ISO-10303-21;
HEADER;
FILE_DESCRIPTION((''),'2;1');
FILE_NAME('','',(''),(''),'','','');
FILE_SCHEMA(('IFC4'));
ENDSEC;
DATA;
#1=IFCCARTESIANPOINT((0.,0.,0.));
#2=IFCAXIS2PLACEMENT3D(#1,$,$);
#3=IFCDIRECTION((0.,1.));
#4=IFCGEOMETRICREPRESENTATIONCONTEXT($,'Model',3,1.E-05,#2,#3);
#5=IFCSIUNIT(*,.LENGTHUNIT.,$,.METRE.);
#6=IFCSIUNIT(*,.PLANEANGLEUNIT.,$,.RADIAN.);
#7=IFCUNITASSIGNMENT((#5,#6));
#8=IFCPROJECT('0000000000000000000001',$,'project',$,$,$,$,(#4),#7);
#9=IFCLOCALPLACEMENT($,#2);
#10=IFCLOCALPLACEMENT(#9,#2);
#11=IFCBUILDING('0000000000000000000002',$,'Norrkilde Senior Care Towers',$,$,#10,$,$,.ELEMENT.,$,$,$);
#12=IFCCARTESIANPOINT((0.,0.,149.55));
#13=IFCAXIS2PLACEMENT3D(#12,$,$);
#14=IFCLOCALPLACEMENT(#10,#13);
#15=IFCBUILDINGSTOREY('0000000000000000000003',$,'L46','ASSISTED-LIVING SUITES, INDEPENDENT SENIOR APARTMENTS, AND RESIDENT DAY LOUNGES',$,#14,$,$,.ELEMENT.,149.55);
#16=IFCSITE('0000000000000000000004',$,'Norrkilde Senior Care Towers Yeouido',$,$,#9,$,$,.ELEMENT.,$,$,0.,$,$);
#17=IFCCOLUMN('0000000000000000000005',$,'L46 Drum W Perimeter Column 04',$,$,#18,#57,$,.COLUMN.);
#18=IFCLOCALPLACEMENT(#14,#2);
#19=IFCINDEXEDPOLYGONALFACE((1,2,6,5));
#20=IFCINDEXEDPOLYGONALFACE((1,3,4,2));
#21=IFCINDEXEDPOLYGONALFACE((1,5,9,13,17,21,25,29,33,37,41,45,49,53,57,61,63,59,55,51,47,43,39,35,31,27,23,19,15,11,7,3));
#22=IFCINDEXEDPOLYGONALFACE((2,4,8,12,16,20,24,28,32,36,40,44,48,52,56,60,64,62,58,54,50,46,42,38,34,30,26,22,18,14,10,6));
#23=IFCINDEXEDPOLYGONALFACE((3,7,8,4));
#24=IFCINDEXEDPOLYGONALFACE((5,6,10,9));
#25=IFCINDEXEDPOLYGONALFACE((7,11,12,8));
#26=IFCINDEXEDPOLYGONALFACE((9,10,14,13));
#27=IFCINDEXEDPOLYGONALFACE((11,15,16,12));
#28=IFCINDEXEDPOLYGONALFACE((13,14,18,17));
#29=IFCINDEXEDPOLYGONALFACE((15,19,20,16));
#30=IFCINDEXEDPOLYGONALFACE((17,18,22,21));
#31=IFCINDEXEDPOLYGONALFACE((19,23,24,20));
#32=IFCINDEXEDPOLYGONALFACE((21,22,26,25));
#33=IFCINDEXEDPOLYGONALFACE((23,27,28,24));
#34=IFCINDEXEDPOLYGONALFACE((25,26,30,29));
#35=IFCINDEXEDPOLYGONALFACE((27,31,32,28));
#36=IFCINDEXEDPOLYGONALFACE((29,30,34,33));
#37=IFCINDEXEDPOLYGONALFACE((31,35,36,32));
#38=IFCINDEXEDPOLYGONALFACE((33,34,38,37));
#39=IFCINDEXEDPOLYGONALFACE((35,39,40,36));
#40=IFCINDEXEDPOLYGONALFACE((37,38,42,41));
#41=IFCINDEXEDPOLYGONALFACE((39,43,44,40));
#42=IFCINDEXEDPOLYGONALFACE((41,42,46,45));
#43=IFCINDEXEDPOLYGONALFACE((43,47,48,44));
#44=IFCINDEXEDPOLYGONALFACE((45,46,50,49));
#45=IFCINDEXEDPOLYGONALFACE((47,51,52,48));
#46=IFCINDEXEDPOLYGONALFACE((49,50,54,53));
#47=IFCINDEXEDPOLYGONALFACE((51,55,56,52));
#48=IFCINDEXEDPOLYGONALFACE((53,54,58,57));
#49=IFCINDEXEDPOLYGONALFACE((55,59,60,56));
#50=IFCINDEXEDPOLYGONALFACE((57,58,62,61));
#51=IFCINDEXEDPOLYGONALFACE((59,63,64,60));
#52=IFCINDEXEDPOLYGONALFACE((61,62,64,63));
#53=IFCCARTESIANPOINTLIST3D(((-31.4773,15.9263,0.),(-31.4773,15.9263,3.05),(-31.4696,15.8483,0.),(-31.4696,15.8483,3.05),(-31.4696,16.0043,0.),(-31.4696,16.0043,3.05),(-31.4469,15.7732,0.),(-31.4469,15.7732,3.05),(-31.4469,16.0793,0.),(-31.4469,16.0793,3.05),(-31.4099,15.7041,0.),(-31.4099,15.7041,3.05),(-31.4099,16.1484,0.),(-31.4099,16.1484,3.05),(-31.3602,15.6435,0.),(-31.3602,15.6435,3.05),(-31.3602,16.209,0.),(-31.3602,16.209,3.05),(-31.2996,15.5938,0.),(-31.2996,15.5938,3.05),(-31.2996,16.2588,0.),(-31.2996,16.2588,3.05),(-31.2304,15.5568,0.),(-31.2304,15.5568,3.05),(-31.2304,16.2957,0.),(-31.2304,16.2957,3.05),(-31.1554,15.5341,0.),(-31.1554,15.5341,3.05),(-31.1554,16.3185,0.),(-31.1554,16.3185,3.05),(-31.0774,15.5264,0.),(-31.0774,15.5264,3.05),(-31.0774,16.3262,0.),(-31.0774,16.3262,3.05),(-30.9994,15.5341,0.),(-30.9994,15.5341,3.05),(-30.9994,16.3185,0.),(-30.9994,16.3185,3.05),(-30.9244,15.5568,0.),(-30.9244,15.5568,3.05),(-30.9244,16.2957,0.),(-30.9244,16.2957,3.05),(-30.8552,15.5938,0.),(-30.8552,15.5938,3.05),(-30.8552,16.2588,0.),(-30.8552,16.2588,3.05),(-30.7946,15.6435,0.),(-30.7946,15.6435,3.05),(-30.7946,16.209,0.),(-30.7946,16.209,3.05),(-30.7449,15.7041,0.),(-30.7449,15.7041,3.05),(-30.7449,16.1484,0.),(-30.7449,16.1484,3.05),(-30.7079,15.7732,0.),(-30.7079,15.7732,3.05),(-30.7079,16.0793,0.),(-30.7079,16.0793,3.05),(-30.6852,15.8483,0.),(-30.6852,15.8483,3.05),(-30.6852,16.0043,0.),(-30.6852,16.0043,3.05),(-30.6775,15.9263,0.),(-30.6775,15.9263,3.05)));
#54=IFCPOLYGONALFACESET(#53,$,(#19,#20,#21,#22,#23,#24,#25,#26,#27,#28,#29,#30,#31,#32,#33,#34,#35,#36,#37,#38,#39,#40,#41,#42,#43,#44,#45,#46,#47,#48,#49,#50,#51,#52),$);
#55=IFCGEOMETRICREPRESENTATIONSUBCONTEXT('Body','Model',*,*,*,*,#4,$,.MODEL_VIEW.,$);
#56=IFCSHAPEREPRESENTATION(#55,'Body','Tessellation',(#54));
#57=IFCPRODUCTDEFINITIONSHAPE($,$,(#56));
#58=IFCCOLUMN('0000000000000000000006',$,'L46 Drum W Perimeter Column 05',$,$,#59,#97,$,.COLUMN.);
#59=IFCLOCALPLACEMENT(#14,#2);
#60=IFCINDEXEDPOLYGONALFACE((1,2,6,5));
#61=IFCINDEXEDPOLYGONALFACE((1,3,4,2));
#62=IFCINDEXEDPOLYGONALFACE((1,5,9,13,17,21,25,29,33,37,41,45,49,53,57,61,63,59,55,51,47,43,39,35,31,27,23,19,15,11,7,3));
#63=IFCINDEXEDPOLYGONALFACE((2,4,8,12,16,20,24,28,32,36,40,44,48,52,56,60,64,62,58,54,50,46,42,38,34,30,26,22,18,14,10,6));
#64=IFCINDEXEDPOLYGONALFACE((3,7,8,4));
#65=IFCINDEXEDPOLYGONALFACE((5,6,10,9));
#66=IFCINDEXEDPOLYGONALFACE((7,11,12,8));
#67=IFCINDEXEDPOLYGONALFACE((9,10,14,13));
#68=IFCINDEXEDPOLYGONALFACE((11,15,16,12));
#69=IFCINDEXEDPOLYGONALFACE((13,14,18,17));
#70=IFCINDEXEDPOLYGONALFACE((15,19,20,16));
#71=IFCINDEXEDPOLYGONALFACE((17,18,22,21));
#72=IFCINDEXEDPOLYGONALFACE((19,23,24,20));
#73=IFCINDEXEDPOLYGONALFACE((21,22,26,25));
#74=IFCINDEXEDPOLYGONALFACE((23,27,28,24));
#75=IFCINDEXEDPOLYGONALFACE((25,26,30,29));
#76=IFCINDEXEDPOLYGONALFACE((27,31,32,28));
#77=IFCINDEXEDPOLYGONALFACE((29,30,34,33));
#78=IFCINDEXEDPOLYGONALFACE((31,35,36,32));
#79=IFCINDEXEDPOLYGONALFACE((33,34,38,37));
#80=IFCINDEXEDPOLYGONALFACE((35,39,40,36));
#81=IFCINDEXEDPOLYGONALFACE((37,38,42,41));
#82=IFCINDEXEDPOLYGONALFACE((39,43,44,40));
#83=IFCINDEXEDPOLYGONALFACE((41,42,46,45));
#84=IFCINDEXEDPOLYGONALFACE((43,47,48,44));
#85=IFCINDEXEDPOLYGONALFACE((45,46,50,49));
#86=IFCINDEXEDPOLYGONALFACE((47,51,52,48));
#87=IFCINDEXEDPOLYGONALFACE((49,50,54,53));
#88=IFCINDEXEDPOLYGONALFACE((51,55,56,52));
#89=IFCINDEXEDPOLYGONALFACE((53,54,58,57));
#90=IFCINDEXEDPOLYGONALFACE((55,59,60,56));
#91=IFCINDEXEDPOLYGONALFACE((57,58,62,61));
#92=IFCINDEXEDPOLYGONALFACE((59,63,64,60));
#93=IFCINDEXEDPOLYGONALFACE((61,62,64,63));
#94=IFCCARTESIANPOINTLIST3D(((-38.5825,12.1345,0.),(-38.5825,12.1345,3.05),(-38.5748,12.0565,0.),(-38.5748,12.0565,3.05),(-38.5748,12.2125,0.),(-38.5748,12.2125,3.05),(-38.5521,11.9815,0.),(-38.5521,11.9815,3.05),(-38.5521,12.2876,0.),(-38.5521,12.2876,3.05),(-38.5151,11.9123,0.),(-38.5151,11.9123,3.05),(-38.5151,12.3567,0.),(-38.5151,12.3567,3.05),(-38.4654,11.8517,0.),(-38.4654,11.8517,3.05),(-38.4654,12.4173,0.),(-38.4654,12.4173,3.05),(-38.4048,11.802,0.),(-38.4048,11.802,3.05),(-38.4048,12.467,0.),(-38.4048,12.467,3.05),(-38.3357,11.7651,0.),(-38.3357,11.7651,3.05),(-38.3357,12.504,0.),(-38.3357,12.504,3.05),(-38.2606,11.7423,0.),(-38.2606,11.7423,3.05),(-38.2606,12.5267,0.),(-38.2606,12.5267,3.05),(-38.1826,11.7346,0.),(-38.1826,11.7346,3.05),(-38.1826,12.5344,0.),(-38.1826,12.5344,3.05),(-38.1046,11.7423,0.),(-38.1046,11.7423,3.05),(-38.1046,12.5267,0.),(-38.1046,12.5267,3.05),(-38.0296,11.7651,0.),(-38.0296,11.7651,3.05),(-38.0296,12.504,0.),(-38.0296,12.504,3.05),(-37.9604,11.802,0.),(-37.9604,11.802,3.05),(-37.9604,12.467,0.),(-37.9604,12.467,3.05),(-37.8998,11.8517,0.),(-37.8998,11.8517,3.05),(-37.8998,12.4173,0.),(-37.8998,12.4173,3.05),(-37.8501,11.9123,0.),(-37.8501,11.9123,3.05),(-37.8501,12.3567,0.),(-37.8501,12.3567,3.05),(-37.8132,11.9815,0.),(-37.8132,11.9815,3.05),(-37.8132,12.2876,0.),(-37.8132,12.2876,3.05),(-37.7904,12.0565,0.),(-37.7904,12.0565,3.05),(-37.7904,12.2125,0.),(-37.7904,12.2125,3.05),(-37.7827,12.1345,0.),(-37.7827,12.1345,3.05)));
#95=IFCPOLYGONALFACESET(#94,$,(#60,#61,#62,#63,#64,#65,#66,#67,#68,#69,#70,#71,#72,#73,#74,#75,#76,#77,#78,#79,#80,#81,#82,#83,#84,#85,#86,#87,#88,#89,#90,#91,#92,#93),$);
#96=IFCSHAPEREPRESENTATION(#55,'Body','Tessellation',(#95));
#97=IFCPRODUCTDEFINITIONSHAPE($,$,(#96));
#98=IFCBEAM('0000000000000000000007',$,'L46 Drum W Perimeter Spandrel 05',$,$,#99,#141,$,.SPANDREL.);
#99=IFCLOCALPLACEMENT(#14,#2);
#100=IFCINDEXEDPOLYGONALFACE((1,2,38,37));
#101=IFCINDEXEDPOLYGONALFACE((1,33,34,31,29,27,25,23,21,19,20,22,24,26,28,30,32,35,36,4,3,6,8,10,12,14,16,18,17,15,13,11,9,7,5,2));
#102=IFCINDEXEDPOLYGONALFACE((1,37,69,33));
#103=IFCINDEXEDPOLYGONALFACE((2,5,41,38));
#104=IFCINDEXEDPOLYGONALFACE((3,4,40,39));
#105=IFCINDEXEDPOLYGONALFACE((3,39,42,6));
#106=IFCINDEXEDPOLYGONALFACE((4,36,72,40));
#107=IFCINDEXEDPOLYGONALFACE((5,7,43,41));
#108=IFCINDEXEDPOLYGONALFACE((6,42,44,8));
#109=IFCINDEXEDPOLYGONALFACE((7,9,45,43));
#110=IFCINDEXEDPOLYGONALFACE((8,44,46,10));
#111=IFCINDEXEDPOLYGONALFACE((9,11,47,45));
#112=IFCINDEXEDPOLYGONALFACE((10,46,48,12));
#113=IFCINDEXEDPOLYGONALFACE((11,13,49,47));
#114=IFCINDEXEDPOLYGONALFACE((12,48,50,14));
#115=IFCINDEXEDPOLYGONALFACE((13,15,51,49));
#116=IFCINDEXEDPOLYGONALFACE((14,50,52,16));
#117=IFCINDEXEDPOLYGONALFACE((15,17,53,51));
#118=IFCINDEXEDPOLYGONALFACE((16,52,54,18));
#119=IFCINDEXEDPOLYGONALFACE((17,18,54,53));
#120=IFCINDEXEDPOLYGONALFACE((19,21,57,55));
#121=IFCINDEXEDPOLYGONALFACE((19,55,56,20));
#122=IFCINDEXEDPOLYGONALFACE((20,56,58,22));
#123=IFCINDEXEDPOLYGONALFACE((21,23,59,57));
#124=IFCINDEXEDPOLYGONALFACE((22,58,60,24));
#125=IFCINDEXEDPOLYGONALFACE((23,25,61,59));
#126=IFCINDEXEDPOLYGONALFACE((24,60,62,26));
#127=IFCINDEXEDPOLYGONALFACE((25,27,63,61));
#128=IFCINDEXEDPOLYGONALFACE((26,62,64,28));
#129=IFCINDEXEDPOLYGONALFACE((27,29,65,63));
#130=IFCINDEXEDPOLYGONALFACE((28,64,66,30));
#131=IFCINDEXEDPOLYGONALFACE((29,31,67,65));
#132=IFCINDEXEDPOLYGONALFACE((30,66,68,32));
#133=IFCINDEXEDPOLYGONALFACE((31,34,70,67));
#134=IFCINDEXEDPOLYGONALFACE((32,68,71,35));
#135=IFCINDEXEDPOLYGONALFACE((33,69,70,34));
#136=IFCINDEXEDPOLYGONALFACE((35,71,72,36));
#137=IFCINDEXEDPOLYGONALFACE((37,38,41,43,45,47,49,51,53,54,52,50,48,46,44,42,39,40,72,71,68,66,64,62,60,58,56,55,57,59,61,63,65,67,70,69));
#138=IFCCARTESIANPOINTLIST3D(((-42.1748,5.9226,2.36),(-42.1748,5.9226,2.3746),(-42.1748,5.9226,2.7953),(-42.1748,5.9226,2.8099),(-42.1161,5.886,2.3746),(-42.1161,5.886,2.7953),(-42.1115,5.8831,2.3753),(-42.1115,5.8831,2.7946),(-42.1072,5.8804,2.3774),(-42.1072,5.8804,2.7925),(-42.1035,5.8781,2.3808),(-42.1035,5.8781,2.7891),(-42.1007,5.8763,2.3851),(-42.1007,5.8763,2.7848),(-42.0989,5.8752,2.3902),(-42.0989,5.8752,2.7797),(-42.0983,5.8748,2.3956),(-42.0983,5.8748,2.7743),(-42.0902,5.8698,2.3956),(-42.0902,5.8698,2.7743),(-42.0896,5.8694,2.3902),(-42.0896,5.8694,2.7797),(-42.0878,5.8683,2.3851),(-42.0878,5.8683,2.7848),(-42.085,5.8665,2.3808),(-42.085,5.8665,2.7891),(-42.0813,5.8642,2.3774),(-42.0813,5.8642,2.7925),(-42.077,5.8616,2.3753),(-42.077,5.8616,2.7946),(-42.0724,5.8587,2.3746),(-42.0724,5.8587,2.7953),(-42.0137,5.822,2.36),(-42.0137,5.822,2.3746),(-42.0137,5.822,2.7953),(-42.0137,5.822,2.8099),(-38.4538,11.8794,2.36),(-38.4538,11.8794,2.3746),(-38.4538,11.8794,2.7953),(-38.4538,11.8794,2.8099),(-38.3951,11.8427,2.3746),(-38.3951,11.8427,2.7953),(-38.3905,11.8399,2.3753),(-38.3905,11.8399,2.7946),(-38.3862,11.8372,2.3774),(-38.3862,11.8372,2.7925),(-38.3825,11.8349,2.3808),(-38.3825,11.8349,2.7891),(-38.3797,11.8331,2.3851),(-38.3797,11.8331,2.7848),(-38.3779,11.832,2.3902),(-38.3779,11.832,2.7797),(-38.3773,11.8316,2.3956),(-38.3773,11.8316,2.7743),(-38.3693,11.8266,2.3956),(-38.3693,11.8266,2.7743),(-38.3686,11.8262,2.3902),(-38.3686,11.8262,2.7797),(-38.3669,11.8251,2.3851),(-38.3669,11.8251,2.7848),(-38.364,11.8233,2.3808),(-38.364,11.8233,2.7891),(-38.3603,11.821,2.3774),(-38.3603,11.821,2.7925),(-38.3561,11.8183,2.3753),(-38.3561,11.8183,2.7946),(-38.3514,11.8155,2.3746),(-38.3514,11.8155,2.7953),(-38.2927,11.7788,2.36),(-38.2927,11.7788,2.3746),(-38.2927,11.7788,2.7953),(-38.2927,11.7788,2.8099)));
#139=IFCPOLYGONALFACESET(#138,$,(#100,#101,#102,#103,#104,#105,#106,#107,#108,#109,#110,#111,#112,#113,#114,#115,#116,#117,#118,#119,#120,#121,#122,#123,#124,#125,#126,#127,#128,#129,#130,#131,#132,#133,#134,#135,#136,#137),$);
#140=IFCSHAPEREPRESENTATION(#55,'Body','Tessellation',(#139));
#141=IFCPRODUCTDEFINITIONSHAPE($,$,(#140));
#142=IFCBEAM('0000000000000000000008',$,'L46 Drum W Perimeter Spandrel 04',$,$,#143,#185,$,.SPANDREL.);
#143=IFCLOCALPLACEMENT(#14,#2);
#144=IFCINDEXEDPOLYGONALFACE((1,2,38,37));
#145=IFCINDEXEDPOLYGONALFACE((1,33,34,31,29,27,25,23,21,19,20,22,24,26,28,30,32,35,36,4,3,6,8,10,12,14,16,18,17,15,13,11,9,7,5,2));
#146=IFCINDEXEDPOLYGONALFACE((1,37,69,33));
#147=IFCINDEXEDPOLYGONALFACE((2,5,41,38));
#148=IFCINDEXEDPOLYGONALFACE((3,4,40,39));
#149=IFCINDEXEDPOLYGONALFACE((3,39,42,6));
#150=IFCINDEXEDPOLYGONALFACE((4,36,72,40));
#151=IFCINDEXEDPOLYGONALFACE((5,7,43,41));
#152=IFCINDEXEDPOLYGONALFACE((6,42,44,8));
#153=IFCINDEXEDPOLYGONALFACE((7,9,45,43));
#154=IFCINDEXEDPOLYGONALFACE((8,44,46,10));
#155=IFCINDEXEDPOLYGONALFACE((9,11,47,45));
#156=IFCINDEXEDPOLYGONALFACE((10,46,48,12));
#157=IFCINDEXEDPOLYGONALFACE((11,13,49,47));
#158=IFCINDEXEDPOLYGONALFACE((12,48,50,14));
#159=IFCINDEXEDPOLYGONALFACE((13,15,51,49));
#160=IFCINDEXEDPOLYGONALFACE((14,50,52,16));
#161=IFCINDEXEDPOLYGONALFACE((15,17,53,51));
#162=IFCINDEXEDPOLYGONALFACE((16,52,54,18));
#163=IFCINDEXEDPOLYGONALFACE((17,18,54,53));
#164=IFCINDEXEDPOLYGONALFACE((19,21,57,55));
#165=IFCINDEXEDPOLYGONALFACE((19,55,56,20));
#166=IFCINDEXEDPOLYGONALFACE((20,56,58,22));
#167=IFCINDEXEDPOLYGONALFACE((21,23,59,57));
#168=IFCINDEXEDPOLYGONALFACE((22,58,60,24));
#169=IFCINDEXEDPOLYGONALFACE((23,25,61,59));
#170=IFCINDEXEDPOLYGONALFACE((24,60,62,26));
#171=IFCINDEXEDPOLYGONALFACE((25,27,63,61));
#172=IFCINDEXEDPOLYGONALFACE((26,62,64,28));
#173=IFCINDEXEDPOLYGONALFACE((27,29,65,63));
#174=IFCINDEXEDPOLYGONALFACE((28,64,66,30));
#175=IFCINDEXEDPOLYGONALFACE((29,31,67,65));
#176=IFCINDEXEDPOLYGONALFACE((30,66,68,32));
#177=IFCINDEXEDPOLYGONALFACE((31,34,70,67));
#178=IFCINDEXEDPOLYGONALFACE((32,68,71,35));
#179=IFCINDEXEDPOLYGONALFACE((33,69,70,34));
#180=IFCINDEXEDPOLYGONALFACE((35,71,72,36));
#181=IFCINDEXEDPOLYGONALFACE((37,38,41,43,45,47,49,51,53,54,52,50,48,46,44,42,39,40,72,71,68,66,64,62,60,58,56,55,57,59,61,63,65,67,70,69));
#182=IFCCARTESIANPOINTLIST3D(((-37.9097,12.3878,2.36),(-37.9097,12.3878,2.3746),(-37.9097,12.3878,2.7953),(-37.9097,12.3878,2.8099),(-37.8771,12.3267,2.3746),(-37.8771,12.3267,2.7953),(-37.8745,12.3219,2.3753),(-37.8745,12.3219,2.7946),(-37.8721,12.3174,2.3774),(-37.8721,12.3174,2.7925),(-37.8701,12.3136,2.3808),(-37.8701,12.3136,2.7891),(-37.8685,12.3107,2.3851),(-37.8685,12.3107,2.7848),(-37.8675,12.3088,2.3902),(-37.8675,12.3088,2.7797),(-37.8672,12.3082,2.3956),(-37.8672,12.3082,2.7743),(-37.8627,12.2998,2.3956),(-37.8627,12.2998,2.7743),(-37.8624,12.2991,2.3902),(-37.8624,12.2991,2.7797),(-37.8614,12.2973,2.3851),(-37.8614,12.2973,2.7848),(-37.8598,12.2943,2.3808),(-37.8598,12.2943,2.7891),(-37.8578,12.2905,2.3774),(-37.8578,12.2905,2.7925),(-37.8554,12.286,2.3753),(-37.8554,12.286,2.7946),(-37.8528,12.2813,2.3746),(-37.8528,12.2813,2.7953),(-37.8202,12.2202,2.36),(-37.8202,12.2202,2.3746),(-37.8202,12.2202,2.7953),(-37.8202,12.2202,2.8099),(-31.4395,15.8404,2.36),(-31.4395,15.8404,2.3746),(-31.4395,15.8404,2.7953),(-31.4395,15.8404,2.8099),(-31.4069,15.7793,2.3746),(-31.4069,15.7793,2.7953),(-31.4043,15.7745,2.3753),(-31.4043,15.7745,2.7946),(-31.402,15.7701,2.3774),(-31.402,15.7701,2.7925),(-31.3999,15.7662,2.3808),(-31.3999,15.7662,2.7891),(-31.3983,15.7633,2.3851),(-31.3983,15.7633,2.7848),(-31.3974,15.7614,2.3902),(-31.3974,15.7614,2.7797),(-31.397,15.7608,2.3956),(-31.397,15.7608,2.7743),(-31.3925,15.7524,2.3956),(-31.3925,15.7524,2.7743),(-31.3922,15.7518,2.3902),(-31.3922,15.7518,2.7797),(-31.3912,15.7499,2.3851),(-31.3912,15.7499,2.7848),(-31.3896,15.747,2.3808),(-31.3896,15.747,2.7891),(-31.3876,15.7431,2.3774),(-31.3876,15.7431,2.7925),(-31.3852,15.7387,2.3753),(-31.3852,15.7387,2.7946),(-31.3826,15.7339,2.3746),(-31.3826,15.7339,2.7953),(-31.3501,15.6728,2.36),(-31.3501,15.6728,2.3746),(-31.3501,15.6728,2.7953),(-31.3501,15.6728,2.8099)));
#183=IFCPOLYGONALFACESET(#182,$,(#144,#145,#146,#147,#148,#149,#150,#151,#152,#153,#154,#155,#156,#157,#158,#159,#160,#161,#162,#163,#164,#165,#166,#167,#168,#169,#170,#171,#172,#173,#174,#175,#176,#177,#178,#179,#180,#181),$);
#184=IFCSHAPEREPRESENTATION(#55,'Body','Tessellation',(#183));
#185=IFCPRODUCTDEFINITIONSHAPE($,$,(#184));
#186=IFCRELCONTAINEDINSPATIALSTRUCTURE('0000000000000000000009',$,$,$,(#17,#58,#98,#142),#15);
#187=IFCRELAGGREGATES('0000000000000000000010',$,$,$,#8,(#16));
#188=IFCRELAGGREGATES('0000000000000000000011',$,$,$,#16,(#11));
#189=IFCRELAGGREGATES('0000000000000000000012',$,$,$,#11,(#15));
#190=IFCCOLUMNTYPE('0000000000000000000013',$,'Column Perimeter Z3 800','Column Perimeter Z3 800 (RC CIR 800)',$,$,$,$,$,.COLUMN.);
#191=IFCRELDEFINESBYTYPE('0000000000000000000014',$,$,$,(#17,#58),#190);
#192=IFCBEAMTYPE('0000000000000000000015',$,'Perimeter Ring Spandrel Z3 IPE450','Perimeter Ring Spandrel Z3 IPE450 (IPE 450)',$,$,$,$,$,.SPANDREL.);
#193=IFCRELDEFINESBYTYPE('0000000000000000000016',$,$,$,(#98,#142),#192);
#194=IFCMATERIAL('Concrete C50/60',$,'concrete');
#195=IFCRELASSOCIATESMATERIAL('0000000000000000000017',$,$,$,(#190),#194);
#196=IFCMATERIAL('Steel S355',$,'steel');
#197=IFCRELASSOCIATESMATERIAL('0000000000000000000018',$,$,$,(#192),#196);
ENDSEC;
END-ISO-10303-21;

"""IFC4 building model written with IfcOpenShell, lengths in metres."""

from ifc_helpers import new_model, si_unit, direction, frame, origin, origin_2d, place, context, subcontext, project, spatial, circle, i_section, extrude, source, transform, mapped, material, material_profile, profile_set, type_object, type_shapes, element, save


model = new_model("IFC4")

# Units and contexts
model_context = context("Model", 3, precision=1e-05, world=origin(), true_north=direction((0.0, 1.0)))
body_context = subcontext(model_context, "Body", "Model", "MODEL_VIEW")
ifc_project = project(units=[si_unit("LENGTHUNIT", "METRE"), si_unit("PLANEANGLEUNIT", "RADIAN")], contexts=[model_context])

# Site, building, storey
site_placement = place(None, origin())
site = spatial("IfcSite", under=ifc_project, at=site_placement, Name="Norrkilde Senior Care Towers Yeouido", CompositionType="ELEMENT", RefElevation=0.0)
building_placement = place(site_placement, origin())
building = spatial("IfcBuilding", under=site, at=building_placement, Name="Norrkilde Senior Care Towers", CompositionType="ELEMENT")
storey_placement = place(building_placement, frame((0.0, 0.0, 149.55)))
storey = spatial("IfcBuildingStorey", under=building, at=storey_placement, Name="L46", Description="ASSISTED-LIVING SUITES, INDEPENDENT SENIOR APARTMENTS, AND RESIDENT DAY LOUNGES", CompositionType="ELEMENT", Elevation=149.55)

# Columns
ifc_material_1 = material(Name="Concrete C50/60", Category="concrete")
ifc_material_profile_1 = material_profile(ifc_material_1, circle(Radius=0.3999, at=origin_2d()), Name="RC CIR 800")
ifc_profile_set_1 = profile_set([ifc_material_profile_1], Name="Concrete C50/60")
column_type = type_object("IfcColumnType", Name="Column Perimeter Z3 800", Description="Column Perimeter Z3 800 (RC CIR 800)", PredefinedType="COLUMN", material=ifc_profile_set_1)
shared_shape_1 = source(origin(), body_context, "Body", "SweptSolid", [
    extrude(circle(Radius=0.3999, at=origin_2d()), origin(), (0.0, 0.0, 1.0), 3.05),
])
type_shapes(column_type, [shared_shape_1])
for number, where, z_axis, x_axis, name in (
    (1, (-31.0774, 15.9263, 0.0), (0.0, 0.0, 1.0), (1.0, 0.0, 0.0), "L46 Drum W Perimeter Column 04"),
    (2, (-38.1826, 12.1345, 0.0), (0.0, 0.0, 1.0), (1.0, 0.0, 0.0), "L46 Drum W Perimeter Column 05"),
):
    element("IfcColumn", number, at=place(storey_placement, frame(where, z_axis=z_axis, x_axis=x_axis)), inside=storey, type_object=column_type, Name=name, PredefinedType="COLUMN", context=body_context, shape_type="MappedRepresentation", body=[
        mapped(shared_shape_1, transform((0.0, 0.0, 0.0), x_axis=(1.0, 0.0, 0.0), y_axis=(0.0, 1.0, 0.0), z_axis=(0.0, 0.0, 1.0), scale=1.0)),
    ])

# Beams
ifc_material_2 = material(Name="Steel S355", Category="steel")
ifc_material_profile_2 = material_profile(ifc_material_2, i_section(OverallWidth=0.1899, OverallDepth=0.45, WebThickness=0.0095, FlangeThickness=0.0146, FilletRadius=0.021, at=origin_2d()), Name="IPE 450")
ifc_profile_set_2 = profile_set([ifc_material_profile_2], Name="Steel S355")
beam_type_1 = type_object("IfcBeamType", Name="Perimeter Ring Spandrel Z3 IPE450", Description="Perimeter Ring Spandrel Z3 IPE450 (IPE 450)", PredefinedType="SPANDREL", material=ifc_profile_set_2)
shared_shape_2 = source(origin(), body_context, "Body", "SweptSolid", [
    extrude(i_section(OverallWidth=0.1899, OverallDepth=0.45, WebThickness=0.0095, FlangeThickness=0.0146, FilletRadius=0.021, at=origin_2d()), origin(), (0.0, 0.0, 1.0), 7.0234),
])
beam_1_placement = place(storey_placement, frame((-38.3733, 11.8291, 2.585), z_axis=(-0.52979, -0.848129, 0.0), x_axis=(0.848129, -0.52979, 0.0)))
element("IfcBeam", 3, at=beam_1_placement, inside=storey, type_object=beam_type_1, Name="L46 Drum W Perimeter Spandrel 05", PredefinedType="SPANDREL", context=body_context, shape_type="MappedRepresentation", body=[
    mapped(shared_shape_2, transform((0.0, 0.0, 0.0), x_axis=(1.0, 0.0, 0.0), y_axis=(0.0, 1.0, 0.0), z_axis=(0.0, 0.0, 1.0), scale=1.0)),
])
shared_shape_3 = source(origin(), body_context, "Body", "SweptSolid", [
    extrude(i_section(OverallWidth=0.1899, OverallDepth=0.45, WebThickness=0.0095, FlangeThickness=0.0146, FilletRadius=0.021, at=origin_2d()), origin(), (0.0, 0.0, 1.0), 7.3337),
])
type_shapes(beam_type_1, [shared_shape_2, shared_shape_3])
beam_2_placement = place(storey_placement, frame((-31.3948, 15.7566, 2.585), z_axis=(-0.882248, -0.470785, 0.0), x_axis=(0.470785, -0.882248, 0.0)))
element("IfcBeam", 4, at=beam_2_placement, inside=storey, type_object=beam_type_1, Name="L46 Drum W Perimeter Spandrel 04", PredefinedType="SPANDREL", context=body_context, shape_type="MappedRepresentation", body=[
    mapped(shared_shape_3, transform((0.0, 0.0, 0.0), x_axis=(1.0, 0.0, 0.0), y_axis=(0.0, 1.0, 0.0), z_axis=(0.0, 0.0, 1.0), scale=1.0)),
])

save(model, "model.ifc")
